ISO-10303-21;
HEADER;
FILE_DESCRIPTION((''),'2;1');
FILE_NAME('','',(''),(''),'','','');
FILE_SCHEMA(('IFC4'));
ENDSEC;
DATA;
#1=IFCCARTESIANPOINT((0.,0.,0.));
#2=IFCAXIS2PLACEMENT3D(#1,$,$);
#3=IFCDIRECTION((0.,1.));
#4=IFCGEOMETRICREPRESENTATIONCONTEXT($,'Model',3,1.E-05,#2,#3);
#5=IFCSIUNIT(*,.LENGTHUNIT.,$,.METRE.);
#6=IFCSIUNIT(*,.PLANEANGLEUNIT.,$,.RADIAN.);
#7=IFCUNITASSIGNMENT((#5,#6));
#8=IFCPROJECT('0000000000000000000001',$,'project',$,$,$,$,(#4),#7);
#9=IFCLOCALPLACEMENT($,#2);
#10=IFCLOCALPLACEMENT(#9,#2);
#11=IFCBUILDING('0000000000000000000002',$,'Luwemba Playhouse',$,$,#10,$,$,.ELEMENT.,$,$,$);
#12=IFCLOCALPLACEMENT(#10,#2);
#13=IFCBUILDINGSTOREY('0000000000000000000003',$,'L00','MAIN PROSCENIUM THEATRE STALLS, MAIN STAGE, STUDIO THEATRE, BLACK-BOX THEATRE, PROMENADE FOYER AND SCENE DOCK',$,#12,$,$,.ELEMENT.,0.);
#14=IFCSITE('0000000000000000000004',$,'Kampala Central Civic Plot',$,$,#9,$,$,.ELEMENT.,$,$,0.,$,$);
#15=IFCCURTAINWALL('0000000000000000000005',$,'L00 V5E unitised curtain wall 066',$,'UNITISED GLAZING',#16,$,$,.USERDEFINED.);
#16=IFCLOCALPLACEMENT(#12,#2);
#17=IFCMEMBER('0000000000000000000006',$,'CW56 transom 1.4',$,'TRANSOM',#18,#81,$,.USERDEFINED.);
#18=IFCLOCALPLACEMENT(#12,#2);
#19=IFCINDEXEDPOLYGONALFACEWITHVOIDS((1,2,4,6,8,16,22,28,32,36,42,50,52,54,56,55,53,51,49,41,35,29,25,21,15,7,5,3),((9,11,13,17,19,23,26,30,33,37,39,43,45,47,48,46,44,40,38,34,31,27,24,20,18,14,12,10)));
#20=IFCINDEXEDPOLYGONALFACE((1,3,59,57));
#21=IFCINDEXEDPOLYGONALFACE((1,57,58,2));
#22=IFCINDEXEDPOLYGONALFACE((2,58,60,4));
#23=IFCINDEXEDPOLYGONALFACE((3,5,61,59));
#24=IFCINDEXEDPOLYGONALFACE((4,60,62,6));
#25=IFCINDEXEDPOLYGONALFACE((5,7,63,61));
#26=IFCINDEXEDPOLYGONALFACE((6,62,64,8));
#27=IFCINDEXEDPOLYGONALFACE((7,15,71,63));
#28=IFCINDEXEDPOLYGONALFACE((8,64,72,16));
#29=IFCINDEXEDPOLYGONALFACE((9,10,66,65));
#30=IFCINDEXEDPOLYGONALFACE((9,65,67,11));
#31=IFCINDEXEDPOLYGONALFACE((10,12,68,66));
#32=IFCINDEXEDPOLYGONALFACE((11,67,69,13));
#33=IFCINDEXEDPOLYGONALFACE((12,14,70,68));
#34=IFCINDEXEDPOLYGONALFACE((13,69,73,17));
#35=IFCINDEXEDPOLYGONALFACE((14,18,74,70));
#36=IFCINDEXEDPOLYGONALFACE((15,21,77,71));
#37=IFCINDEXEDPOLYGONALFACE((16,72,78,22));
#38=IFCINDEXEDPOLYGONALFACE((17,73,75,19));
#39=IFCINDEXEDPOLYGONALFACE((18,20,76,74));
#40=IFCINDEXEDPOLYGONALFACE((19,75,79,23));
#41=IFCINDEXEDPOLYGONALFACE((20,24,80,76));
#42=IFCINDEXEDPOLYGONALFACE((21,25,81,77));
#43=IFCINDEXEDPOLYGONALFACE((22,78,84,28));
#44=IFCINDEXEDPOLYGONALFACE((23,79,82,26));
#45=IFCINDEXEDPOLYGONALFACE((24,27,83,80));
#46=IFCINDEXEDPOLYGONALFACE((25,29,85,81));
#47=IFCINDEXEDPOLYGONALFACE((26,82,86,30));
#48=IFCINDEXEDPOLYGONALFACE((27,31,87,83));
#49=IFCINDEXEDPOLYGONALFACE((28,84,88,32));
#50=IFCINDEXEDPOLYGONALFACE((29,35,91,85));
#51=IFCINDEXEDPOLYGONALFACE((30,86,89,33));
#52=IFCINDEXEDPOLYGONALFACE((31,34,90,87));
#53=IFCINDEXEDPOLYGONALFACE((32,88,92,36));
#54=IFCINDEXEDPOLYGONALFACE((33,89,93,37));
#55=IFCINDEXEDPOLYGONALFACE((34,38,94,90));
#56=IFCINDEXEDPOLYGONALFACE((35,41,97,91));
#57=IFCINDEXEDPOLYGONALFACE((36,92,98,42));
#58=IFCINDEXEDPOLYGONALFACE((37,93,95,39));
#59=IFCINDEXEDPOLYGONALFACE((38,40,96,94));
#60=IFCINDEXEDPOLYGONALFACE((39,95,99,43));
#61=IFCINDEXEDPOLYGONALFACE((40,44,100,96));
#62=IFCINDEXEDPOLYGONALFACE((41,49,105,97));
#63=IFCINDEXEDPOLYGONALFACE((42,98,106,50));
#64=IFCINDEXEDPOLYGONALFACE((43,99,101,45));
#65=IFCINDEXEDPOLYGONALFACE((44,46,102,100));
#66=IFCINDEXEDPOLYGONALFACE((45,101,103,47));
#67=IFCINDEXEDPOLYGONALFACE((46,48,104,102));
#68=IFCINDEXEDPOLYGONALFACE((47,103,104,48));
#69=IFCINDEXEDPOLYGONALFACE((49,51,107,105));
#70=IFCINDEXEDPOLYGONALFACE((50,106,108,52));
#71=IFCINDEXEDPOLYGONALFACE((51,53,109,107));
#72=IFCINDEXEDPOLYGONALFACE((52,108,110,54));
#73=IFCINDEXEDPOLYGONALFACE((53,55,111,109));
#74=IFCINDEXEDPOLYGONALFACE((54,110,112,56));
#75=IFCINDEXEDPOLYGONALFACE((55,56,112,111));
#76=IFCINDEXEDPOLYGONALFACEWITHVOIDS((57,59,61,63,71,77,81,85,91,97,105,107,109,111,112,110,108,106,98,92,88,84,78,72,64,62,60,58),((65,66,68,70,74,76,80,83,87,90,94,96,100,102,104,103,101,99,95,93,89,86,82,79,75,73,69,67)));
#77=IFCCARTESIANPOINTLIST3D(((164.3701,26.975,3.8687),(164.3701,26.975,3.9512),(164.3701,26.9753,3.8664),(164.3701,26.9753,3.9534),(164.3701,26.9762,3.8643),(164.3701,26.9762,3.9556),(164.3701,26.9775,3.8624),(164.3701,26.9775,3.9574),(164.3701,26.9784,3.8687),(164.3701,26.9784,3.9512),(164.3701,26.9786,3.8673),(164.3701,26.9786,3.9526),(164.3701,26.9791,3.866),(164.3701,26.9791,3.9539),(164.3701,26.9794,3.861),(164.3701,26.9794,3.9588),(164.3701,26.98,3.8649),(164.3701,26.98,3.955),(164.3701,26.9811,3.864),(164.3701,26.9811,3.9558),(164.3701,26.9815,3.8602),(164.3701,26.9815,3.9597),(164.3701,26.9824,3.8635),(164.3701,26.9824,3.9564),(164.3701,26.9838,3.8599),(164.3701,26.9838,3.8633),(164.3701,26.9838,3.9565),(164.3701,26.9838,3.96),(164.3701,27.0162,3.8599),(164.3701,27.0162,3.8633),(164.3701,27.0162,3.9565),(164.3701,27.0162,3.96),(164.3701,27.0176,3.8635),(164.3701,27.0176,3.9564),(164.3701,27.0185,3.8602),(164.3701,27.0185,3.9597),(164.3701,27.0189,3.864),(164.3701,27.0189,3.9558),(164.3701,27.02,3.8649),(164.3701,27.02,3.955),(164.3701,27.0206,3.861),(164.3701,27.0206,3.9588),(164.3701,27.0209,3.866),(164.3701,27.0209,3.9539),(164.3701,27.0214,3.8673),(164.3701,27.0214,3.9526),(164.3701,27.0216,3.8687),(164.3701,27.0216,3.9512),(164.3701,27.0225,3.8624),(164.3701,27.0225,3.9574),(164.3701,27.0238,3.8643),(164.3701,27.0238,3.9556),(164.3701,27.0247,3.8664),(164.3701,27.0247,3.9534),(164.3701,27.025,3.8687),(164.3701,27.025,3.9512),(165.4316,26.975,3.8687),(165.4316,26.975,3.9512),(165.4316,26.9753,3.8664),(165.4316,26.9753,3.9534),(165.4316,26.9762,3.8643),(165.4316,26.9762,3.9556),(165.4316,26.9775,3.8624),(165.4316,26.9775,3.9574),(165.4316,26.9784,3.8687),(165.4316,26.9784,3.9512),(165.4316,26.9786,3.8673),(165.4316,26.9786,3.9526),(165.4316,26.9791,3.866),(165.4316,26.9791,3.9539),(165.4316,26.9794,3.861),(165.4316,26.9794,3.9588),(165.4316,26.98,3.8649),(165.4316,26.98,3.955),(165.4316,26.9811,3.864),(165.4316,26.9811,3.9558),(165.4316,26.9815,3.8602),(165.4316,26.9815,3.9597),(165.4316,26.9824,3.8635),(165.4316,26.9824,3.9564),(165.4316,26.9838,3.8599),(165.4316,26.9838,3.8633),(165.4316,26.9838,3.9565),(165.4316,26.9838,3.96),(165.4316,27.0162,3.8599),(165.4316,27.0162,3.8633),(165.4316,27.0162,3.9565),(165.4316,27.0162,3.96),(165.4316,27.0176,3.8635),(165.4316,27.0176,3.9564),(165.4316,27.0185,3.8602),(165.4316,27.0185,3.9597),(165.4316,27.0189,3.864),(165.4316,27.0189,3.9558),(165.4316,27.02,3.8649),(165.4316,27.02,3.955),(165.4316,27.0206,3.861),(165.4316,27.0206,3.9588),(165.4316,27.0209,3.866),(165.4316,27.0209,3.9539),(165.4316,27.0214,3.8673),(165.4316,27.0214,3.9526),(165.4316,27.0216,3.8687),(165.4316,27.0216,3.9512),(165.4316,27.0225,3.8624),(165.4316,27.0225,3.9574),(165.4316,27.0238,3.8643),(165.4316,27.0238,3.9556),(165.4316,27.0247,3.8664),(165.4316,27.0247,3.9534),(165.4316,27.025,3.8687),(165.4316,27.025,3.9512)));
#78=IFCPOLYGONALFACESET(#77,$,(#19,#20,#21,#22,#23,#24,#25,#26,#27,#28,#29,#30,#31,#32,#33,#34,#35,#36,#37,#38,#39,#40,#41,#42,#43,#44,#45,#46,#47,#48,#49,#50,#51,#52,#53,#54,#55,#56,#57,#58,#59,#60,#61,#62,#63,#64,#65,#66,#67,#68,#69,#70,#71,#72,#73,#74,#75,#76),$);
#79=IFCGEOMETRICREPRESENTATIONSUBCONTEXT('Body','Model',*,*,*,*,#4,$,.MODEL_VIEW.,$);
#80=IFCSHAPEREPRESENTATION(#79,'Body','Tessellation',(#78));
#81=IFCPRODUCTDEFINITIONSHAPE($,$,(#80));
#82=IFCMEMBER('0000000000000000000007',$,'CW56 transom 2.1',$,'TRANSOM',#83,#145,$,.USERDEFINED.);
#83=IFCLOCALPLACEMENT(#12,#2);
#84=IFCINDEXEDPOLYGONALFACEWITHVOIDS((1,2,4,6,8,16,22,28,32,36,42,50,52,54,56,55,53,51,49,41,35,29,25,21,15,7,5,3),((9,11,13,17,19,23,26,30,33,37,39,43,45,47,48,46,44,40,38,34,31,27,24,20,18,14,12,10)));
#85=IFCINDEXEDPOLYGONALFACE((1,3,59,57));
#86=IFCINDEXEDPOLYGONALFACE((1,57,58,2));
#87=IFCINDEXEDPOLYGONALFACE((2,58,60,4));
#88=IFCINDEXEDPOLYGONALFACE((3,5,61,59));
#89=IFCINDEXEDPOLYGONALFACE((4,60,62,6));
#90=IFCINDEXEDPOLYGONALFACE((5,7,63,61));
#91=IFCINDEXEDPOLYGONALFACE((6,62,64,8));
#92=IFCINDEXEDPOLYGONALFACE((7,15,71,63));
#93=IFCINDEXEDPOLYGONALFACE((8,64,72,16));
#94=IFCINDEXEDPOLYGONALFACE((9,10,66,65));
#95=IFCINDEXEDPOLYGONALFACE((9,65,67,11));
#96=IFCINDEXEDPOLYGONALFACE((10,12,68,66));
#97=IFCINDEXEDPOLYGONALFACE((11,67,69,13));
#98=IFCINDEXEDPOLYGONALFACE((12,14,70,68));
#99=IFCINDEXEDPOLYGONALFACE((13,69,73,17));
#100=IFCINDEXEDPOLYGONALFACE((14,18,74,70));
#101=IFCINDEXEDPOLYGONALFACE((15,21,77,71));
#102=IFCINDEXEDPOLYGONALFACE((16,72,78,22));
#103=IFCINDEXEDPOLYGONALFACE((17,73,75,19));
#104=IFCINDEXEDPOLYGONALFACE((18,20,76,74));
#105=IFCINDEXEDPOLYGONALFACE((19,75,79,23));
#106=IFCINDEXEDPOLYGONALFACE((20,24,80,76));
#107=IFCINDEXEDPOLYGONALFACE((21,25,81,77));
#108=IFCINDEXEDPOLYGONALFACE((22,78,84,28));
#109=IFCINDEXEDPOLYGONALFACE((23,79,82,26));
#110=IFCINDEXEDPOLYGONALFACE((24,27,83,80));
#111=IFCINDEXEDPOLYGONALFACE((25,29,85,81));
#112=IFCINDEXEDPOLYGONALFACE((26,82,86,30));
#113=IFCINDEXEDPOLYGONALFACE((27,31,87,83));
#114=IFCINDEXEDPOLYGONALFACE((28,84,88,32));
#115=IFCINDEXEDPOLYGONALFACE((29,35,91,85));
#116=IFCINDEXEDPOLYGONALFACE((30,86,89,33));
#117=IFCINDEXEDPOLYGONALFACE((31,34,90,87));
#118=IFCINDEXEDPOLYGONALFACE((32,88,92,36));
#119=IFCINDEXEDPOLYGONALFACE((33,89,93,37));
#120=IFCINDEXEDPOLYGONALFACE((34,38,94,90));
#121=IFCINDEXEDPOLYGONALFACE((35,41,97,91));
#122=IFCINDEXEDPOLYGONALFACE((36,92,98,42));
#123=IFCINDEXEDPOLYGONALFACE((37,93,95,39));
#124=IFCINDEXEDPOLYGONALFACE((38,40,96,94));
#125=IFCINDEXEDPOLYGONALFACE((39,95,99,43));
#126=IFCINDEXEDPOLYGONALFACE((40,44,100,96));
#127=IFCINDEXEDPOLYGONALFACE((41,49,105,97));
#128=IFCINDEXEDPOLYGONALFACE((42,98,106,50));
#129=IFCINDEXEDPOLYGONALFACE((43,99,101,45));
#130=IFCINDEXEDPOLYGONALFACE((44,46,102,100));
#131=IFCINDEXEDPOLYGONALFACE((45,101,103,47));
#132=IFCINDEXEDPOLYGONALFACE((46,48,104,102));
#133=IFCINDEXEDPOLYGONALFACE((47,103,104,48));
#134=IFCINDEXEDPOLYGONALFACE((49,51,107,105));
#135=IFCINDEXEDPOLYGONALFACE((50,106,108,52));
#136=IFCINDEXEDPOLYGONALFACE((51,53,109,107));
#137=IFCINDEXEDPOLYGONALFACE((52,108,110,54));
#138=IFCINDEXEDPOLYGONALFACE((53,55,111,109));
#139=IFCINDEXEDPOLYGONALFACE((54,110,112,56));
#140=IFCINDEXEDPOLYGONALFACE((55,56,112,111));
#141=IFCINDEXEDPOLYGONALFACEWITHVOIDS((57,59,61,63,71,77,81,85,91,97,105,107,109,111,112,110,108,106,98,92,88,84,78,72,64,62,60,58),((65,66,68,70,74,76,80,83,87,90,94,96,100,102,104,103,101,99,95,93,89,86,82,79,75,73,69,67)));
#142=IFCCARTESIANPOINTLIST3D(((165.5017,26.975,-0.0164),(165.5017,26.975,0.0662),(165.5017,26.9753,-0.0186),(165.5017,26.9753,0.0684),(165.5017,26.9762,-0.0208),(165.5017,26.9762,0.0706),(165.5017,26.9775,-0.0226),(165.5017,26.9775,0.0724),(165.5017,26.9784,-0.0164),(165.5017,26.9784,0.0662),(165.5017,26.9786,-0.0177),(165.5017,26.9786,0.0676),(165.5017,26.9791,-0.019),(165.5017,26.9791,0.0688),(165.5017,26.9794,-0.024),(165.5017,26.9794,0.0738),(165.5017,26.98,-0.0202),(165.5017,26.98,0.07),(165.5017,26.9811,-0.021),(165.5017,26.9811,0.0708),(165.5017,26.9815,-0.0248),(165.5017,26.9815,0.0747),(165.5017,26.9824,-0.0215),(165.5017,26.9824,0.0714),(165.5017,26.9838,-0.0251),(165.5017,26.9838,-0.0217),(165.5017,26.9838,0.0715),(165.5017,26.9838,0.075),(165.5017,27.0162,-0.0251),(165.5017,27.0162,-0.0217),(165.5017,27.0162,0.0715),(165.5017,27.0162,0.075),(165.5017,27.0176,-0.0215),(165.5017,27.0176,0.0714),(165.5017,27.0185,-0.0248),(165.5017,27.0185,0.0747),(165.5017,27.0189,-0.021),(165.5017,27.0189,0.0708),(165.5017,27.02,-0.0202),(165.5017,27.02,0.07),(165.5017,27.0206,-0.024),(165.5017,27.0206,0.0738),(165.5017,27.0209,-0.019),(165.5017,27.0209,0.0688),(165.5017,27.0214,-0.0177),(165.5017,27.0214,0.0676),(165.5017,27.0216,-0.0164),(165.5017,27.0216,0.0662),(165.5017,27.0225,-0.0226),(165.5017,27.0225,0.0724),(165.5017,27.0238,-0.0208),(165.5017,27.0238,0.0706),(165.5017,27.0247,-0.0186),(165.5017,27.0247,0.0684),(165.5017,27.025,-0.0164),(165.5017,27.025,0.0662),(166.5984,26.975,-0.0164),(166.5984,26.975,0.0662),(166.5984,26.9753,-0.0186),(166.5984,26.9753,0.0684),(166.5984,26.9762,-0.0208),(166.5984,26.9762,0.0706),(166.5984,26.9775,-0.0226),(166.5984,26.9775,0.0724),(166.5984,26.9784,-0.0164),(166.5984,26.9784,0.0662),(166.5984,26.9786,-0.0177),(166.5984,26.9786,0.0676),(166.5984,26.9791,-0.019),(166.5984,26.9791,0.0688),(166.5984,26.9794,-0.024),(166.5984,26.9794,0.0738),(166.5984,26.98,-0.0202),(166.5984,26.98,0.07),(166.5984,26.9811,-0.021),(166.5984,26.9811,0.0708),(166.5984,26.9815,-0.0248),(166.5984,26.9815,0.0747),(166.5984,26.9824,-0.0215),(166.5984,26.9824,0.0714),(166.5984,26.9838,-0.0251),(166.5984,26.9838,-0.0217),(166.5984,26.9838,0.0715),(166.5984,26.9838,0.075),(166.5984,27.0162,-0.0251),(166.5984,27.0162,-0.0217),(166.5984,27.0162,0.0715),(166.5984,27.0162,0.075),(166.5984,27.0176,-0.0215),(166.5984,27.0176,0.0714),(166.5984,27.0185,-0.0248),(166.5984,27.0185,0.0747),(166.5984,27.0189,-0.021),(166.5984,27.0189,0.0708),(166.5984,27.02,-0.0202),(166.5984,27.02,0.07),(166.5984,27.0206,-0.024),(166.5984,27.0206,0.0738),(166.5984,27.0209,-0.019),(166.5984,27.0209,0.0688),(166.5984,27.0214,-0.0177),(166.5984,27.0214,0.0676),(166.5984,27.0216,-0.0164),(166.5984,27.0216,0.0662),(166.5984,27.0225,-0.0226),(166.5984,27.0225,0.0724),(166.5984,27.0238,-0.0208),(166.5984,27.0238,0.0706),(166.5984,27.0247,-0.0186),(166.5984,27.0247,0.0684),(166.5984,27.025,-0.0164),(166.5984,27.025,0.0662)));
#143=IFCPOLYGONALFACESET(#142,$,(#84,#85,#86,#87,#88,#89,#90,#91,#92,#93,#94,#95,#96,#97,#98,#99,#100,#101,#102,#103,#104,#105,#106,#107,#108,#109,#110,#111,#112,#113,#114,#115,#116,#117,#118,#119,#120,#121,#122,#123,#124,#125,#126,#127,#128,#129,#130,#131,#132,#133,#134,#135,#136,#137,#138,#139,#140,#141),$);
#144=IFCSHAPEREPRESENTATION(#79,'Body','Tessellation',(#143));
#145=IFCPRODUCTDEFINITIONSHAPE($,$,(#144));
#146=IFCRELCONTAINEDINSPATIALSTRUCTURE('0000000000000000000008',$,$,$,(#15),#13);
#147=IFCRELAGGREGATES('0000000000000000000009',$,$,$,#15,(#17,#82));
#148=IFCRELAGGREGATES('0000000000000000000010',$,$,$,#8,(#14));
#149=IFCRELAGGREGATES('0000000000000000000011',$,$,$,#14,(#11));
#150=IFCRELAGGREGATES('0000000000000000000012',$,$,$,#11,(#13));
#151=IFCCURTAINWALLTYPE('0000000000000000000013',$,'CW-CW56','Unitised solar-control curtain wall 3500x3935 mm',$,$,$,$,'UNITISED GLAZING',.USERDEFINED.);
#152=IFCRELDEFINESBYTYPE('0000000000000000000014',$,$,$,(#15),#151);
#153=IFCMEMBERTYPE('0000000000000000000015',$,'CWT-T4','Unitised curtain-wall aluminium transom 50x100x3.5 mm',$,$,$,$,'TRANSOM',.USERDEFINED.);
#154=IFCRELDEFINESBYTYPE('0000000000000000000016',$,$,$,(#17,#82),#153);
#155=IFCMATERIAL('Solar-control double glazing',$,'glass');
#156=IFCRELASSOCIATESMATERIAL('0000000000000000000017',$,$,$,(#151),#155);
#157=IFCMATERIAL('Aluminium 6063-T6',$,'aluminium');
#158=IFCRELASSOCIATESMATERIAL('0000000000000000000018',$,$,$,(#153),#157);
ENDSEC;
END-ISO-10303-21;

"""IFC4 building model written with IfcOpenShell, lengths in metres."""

from ifc_helpers import new_model, si_unit, direction, frame, origin, origin_2d, place, context, subcontext, project, spatial, hollow_rectangle, extrude, material, material_profile, profile_set, type_object, element, aggregate, save


model = new_model("IFC4")

# Units and contexts
model_context = context("Model", 3, precision=1e-05, world=origin(), true_north=direction((0.0, 1.0)))
body_context = subcontext(model_context, "Body", "Model", "MODEL_VIEW")
ifc_project = project(units=[si_unit("LENGTHUNIT", "METRE"), si_unit("PLANEANGLEUNIT", "RADIAN")], contexts=[model_context])

# Site, building, storey
site_placement = place(None, origin())
site = spatial("IfcSite", under=ifc_project, at=site_placement, Name="Kampala Central Civic Plot", CompositionType="ELEMENT", RefElevation=0.0)
building_placement = place(site_placement, origin())
building = spatial("IfcBuilding", under=site, at=building_placement, Name="Luwemba Playhouse", CompositionType="ELEMENT")
storey_placement = place(building_placement, origin())
storey = spatial("IfcBuildingStorey", under=building, at=storey_placement, Name="L00", Description="MAIN PROSCENIUM THEATRE STALLS, MAIN STAGE, STUDIO THEATRE, BLACK-BOX THEATRE, PROMENADE FOYER AND SCENE DOCK", CompositionType="ELEMENT", Elevation=0.0)

# Shared definitions
ifc_material_1 = material(Name="Solar-control double glazing", Category="glass")
ifc_material_2 = material(Name="Aluminium 6063-T6", Category="aluminium")

# Curtain wall
curtain_wall_type_1 = type_object("IfcCurtainWallType", Name="CW-CW56", Description="Unitised solar-control curtain wall 3500x3935 mm", ElementType="UNITISED GLAZING", PredefinedType="USERDEFINED", material=ifc_material_1)
curtain_wall_1_placement = place(storey_placement, origin())
curtain_wall_1 = element("IfcCurtainWall", 1, at=curtain_wall_1_placement, inside=storey, type_object=curtain_wall_type_1, Name="L00 V5E unitised curtain wall 066", ObjectType="UNITISED GLAZING", PredefinedType="USERDEFINED")

# Members
ifc_material_profile_1 = material_profile(ifc_material_2, hollow_rectangle(XDim=0.05, YDim=0.1001, WallThickness=0.0034, InnerFilletRadius=0.0054, OuterFilletRadius=0.0088, at=origin_2d()))
ifc_profile_set_1 = profile_set([ifc_material_profile_1], Name="Aluminium 6063-T6")
member_type_1 = type_object("IfcMemberType", Name="CWT-T4", Description="Unitised curtain-wall aluminium transom 50x100x3.5 mm", ElementType="TRANSOM", PredefinedType="USERDEFINED", material=ifc_profile_set_1)
member_1_placement = place(storey_placement, frame((164.3701, 27.0, 3.9099), z_axis=(1.0, 0.0, 0.0), x_axis=(0.0, 1.0, 0.0)))
member_1 = element("IfcMember", 2, at=member_1_placement, type_object=member_type_1, Name="CW56 transom 1.4", ObjectType="TRANSOM", PredefinedType="USERDEFINED", context=body_context, shape_type="SweptSolid", body=[
    extrude(hollow_rectangle(XDim=0.05, YDim=0.1001, WallThickness=0.0034, InnerFilletRadius=0.0054, OuterFilletRadius=0.0088, at=origin_2d()), origin(), (0.0, 0.0, 1.0), 1.0615),
])
member_2_placement = place(storey_placement, frame((165.5017, 27.0, 0.0249), z_axis=(1.0, 0.0, 0.0), x_axis=(0.0, 1.0, 0.0)))
member_2 = element("IfcMember", 3, at=member_2_placement, type_object=member_type_1, Name="CW56 transom 2.1", ObjectType="TRANSOM", PredefinedType="USERDEFINED", context=body_context, shape_type="SweptSolid", body=[
    extrude(hollow_rectangle(XDim=0.05, YDim=0.1001, WallThickness=0.0034, InnerFilletRadius=0.0054, OuterFilletRadius=0.0088, at=origin_2d()), origin(), (0.0, 0.0, 1.0), 1.0967),
])

aggregate(curtain_wall_1, [member_1, member_2])

save(model, "model.ifc")
